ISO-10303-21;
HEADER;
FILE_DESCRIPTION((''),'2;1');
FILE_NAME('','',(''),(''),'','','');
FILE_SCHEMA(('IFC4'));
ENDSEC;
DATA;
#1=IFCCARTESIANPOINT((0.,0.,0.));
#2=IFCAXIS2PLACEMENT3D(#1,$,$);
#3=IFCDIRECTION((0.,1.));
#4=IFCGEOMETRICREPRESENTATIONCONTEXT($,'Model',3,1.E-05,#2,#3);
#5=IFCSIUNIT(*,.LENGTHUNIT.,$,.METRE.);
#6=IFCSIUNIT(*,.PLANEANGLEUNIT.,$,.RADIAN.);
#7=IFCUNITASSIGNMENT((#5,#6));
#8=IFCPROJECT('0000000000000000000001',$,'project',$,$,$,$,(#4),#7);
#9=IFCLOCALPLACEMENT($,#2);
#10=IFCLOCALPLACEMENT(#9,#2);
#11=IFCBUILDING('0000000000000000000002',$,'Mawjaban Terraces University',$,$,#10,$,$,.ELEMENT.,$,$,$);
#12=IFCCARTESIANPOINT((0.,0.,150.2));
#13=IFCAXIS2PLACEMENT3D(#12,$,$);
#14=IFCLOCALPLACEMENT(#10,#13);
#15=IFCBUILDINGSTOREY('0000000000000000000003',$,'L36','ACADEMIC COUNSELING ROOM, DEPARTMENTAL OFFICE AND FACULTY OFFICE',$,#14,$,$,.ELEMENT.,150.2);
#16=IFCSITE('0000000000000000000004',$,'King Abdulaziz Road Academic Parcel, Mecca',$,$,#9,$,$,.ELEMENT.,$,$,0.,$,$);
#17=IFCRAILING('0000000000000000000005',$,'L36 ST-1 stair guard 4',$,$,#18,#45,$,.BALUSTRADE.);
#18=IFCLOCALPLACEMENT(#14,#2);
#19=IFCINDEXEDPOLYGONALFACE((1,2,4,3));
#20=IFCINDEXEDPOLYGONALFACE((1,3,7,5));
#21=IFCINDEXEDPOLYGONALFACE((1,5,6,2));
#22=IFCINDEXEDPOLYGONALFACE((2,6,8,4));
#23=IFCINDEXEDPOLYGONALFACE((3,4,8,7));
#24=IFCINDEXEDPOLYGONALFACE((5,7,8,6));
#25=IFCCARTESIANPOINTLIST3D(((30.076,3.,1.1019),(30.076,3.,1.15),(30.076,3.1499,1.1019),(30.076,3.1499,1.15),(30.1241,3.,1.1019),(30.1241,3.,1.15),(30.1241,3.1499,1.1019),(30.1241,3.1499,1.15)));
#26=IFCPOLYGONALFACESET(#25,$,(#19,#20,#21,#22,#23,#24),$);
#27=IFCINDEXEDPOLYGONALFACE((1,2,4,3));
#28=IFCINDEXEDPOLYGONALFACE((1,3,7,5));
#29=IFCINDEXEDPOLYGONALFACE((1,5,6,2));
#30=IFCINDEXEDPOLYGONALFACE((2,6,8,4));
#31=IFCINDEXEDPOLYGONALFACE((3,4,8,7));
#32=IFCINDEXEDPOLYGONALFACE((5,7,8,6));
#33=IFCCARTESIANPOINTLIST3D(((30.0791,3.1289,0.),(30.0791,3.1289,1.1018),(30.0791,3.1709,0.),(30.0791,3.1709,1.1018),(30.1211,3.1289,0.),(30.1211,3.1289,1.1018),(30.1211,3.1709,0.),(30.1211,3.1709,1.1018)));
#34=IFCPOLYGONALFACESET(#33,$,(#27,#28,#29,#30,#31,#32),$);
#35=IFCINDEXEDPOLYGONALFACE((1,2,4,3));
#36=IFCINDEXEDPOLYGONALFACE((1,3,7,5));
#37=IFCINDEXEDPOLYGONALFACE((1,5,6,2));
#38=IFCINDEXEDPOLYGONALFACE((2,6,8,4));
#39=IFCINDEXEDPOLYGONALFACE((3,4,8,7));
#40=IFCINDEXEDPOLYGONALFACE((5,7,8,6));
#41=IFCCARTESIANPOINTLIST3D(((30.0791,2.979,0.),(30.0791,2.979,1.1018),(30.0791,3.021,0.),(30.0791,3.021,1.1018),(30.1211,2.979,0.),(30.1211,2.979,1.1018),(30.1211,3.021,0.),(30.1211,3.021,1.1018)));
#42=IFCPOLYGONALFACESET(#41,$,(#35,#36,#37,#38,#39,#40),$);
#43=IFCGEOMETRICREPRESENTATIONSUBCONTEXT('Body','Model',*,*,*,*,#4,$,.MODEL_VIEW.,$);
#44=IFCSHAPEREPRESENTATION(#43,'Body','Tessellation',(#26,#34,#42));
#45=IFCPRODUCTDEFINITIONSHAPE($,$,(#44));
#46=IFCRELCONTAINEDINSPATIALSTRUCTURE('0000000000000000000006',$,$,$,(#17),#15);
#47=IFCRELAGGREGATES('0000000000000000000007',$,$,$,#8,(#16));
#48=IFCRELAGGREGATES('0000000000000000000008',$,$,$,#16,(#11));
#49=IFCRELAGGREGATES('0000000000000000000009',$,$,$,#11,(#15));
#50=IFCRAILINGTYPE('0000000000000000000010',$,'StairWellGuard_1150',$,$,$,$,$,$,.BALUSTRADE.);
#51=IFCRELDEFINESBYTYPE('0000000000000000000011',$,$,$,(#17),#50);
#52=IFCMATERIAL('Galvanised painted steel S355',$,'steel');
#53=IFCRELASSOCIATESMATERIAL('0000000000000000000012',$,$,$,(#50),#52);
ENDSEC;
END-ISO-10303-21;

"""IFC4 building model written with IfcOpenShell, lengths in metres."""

from ifc_helpers import new_model, si_unit, direction, frame, origin, origin_2d, place, context, subcontext, project, spatial, rectangle, extrude, material, type_object, element, save


model = new_model("IFC4")

# Units and contexts
model_context = context("Model", 3, precision=1e-05, world=origin(), true_north=direction((0.0, 1.0)))
body_context = subcontext(model_context, "Body", "Model", "MODEL_VIEW")
ifc_project = project(units=[si_unit("LENGTHUNIT", "METRE"), si_unit("PLANEANGLEUNIT", "RADIAN")], contexts=[model_context])

# Site, building, storey
site_placement = place(None, origin())
site = spatial("IfcSite", under=ifc_project, at=site_placement, Name="King Abdulaziz Road Academic Parcel, Mecca", CompositionType="ELEMENT", RefElevation=0.0)
building_placement = place(site_placement, origin())
building = spatial("IfcBuilding", under=site, at=building_placement, Name="Mawjaban Terraces University", CompositionType="ELEMENT")
storey_placement = place(building_placement, frame((0.0, 0.0, 150.2)))
storey = spatial("IfcBuildingStorey", under=building, at=storey_placement, Name="L36", Description="ACADEMIC COUNSELING ROOM, DEPARTMENTAL OFFICE AND FACULTY OFFICE", CompositionType="ELEMENT", Elevation=150.2)

# Railing
ifc_material_1 = material(Name="Galvanised painted steel S355", Category="steel")
railing_type_1 = type_object("IfcRailingType", Name="StairWellGuard_1150", PredefinedType="BALUSTRADE", material=ifc_material_1)
railing_1_placement = place(storey_placement, frame((30.1001, 3.1499, 0.0)))
element("IfcRailing", 1, at=railing_1_placement, inside=storey, type_object=railing_type_1, Name="L36 ST-1 stair guard 4", PredefinedType="BALUSTRADE", context=body_context, shape_type="SweptSolid", body=[
    extrude(rectangle(XDim=0.0481, YDim=0.0481, at=origin_2d()), frame((0.0, 0.0, 1.126), z_axis=(0.0, -1.0, 0.0), x_axis=(1.0, 0.0, 0.0)), (0.0, 0.0, 1.0), 0.1499),
    extrude(rectangle(XDim=0.042, YDim=0.042, at=origin_2d()), origin(), (0.0, 0.0, 1.0), 1.1018),
    extrude(rectangle(XDim=0.042, YDim=0.042, at=origin_2d()), frame((0.0, -0.1499, 0.0)), (0.0, 0.0, 1.0), 1.1018),
])

save(model, "model.ifc")
